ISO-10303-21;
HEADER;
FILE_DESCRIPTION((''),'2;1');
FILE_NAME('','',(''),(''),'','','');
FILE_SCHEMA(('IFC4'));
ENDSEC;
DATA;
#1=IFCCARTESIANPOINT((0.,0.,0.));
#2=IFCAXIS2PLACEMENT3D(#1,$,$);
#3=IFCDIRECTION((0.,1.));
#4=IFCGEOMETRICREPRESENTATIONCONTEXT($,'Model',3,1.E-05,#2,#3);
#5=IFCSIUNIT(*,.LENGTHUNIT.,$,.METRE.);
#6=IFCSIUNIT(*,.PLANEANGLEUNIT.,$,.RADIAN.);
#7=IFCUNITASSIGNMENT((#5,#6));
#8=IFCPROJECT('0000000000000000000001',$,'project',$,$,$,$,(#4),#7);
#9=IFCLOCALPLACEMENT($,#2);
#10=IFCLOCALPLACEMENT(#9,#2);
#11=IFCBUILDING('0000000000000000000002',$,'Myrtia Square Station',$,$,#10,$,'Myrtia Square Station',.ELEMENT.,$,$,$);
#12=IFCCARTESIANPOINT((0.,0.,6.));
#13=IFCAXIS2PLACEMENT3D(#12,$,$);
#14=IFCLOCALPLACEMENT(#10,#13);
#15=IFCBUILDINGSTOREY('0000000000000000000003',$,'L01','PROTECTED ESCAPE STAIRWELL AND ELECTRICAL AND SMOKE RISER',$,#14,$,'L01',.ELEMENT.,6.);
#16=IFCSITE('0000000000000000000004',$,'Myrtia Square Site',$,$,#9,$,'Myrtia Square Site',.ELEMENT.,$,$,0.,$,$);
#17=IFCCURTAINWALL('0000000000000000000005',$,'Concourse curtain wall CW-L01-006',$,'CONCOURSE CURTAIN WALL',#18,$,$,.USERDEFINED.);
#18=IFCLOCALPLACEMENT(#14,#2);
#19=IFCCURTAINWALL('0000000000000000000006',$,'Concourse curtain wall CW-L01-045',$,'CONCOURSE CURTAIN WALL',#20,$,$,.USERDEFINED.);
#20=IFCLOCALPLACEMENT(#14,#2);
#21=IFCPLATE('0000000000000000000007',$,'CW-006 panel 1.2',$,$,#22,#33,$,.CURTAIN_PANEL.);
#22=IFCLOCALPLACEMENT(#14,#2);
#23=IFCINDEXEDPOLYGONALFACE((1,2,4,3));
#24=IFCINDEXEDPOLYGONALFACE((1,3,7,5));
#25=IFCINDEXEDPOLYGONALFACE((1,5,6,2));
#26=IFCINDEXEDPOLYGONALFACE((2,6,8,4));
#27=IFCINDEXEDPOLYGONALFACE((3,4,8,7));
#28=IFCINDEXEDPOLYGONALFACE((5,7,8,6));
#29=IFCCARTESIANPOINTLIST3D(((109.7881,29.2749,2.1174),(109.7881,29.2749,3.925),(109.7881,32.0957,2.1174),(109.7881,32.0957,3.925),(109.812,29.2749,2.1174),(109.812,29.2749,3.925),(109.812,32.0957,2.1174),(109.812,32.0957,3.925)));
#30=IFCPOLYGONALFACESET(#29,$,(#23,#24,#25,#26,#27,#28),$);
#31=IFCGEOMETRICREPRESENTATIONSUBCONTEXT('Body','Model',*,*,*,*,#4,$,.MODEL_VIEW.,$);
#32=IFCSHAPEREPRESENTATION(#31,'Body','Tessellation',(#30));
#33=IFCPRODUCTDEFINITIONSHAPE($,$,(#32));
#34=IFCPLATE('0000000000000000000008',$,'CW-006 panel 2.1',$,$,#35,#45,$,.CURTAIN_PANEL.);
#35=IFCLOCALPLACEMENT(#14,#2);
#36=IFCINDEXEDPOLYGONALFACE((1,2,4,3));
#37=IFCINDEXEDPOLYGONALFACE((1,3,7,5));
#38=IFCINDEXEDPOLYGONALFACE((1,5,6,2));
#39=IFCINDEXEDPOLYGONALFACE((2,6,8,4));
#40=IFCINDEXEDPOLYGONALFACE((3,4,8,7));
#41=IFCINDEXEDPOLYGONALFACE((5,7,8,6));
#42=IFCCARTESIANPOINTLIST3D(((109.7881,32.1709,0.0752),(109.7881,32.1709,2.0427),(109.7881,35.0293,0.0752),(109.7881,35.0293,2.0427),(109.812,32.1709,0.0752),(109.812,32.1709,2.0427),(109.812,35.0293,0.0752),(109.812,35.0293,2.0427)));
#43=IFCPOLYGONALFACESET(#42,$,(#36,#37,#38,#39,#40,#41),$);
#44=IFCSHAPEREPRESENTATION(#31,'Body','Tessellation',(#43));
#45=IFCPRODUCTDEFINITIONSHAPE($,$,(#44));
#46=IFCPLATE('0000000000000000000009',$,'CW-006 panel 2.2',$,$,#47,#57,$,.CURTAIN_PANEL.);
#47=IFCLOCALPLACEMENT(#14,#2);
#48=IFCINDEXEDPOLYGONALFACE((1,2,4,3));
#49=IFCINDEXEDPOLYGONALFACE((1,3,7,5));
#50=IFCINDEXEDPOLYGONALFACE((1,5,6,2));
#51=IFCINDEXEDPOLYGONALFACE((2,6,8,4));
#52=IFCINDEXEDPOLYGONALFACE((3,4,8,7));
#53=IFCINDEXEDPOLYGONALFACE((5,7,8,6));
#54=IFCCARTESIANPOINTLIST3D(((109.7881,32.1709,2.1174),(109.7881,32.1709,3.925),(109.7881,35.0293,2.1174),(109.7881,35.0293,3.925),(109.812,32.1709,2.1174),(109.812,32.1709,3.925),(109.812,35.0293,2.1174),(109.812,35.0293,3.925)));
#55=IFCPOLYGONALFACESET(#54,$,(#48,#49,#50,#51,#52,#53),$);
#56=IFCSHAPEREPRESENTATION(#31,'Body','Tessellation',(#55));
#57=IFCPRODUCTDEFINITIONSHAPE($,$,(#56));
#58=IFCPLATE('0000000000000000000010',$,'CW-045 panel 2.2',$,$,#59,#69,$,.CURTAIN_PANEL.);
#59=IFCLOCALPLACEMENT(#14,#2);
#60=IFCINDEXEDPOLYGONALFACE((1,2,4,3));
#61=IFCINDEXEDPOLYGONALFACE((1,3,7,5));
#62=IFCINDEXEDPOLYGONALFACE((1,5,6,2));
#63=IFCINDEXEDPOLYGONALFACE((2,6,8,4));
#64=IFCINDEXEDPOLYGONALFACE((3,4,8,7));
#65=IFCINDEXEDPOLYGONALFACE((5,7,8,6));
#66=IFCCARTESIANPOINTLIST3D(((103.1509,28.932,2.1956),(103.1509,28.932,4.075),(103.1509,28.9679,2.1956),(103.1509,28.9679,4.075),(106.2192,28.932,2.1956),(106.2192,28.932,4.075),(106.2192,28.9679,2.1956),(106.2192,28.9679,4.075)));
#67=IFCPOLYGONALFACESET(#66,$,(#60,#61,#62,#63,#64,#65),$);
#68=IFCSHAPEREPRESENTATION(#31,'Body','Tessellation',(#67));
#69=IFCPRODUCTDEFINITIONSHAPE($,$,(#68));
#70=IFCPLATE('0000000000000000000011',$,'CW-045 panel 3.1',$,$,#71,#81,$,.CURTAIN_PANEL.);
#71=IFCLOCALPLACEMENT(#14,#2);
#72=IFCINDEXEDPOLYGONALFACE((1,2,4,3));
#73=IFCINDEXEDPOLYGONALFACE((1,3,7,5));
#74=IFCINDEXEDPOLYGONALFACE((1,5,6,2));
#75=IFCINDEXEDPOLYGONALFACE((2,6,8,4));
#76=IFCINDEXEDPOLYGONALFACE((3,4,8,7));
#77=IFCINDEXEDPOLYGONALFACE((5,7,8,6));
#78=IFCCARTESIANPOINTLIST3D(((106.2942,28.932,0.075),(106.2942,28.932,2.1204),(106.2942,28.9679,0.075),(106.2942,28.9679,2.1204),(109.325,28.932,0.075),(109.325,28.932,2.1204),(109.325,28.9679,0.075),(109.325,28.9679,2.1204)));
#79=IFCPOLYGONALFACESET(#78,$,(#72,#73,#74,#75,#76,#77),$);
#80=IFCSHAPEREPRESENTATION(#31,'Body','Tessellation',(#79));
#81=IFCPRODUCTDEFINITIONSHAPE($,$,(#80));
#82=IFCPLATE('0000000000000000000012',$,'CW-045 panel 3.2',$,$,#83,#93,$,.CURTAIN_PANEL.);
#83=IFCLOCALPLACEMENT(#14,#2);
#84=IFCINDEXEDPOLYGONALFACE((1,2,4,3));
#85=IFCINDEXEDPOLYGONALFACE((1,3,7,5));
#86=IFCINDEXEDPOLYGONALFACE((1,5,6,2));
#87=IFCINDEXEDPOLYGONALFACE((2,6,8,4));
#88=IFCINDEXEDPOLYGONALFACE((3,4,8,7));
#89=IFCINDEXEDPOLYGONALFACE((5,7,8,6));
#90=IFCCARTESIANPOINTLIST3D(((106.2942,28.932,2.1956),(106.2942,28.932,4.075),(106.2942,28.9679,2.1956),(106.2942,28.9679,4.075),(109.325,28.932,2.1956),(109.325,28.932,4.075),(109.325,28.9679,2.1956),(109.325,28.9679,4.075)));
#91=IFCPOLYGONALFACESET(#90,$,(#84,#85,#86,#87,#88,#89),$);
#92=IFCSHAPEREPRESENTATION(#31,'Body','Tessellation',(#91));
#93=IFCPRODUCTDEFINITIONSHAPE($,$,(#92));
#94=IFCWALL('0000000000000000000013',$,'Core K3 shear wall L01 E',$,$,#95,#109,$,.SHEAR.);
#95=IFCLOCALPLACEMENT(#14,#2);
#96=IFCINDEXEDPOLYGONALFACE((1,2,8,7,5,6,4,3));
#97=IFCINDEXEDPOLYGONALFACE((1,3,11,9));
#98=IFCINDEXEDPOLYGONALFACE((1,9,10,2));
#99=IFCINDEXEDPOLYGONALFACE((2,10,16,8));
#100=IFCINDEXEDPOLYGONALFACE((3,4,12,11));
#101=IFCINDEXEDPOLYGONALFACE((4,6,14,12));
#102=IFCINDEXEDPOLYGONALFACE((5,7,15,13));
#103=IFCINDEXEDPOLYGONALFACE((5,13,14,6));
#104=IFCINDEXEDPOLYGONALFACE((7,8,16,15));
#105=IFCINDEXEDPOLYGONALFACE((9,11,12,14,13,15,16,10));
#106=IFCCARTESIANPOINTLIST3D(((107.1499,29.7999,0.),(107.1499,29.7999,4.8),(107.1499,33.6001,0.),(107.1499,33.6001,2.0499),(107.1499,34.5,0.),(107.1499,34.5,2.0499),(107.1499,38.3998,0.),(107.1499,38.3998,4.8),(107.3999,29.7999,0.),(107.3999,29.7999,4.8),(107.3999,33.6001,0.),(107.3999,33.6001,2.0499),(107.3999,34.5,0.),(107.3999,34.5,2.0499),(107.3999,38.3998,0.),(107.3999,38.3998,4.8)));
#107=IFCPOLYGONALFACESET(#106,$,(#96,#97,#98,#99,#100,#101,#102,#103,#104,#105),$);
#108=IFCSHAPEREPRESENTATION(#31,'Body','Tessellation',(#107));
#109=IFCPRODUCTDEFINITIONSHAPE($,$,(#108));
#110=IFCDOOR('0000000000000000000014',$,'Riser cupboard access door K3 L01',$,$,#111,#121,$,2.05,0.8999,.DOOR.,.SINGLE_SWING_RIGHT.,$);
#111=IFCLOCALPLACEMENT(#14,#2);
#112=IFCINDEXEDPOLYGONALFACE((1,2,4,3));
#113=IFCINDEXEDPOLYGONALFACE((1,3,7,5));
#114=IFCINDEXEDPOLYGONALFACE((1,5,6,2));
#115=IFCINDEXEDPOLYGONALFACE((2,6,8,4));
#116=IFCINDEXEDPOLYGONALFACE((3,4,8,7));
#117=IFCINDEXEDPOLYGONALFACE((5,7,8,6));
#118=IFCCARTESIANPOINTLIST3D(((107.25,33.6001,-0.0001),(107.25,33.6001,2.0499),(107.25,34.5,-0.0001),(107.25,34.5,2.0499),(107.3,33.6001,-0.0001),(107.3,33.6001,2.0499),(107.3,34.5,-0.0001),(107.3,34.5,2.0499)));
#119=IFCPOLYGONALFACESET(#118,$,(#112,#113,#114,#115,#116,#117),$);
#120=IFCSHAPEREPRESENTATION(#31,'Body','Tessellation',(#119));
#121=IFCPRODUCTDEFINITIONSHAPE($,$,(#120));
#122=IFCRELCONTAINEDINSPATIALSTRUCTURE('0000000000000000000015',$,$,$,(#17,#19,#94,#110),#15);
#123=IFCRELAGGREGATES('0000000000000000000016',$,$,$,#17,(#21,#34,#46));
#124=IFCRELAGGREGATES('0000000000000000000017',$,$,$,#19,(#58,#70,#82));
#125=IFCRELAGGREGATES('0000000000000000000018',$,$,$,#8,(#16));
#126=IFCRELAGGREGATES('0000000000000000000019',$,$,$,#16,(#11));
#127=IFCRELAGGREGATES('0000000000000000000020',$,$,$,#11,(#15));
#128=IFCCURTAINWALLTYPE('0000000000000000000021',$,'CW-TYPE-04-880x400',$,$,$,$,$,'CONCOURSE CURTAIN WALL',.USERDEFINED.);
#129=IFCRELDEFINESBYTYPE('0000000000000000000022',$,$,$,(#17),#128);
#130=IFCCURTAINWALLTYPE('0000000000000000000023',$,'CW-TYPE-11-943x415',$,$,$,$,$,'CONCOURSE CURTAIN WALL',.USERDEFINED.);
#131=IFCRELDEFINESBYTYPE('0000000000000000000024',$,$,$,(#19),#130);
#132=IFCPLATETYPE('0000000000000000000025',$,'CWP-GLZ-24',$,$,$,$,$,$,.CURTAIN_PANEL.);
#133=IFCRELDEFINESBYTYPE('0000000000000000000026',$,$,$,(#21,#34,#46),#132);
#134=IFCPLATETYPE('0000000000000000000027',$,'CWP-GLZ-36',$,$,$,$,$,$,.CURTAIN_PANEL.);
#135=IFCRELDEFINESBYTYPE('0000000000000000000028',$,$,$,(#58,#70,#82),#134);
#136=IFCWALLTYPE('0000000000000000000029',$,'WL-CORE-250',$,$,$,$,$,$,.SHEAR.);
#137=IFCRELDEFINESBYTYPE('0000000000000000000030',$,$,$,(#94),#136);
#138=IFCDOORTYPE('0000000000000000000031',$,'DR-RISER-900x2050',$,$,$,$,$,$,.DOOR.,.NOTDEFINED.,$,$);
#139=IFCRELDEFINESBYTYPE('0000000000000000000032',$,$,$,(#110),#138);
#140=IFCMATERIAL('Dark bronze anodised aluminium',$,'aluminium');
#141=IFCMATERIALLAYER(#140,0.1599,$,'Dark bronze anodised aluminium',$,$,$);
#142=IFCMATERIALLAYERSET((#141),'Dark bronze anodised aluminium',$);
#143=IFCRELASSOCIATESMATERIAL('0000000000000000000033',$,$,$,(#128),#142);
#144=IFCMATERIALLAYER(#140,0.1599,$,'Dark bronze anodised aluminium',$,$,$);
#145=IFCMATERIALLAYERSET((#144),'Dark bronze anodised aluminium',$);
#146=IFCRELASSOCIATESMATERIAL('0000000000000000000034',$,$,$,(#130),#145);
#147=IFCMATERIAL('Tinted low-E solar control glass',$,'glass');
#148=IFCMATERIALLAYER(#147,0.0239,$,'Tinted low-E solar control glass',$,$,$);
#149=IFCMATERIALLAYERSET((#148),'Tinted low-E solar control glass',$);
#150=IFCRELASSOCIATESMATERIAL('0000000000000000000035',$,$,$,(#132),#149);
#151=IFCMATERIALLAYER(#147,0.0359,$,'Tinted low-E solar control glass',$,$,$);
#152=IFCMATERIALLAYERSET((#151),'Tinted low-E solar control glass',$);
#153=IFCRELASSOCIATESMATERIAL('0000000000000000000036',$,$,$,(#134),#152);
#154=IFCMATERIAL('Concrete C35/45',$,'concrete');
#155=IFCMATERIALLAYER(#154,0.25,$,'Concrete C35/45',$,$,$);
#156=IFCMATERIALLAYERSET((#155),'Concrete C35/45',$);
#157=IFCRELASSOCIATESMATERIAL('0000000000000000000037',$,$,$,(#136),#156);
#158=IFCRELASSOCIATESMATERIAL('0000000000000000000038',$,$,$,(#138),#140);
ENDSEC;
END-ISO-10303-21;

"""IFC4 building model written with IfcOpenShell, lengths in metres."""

from ifc_helpers import new_model, si_unit, direction, frame, frame_2d, origin, origin_2d, place, context, subcontext, project, spatial, rectangle, extrude, material, layer, layer_set, type_object, element, fill, aggregate, save


model = new_model("IFC4")

# Units and contexts
model_context = context("Model", 3, precision=1e-05, world=origin(), true_north=direction((0.0, 1.0)))
body_context = subcontext(model_context, "Body", "Model", "MODEL_VIEW")
ifc_project = project(units=[si_unit("LENGTHUNIT", "METRE"), si_unit("PLANEANGLEUNIT", "RADIAN")], contexts=[model_context])

# Site, building, storey
site_placement = place(None, origin())
site = spatial("IfcSite", under=ifc_project, at=site_placement, Name="Myrtia Square Site", LongName="Myrtia Square Site", CompositionType="ELEMENT", RefElevation=0.0)
building_placement = place(site_placement, origin())
building = spatial("IfcBuilding", under=site, at=building_placement, Name="Myrtia Square Station", LongName="Myrtia Square Station", CompositionType="ELEMENT")
storey_placement = place(building_placement, frame((0.0, 0.0, 6.0)))
storey = spatial("IfcBuildingStorey", under=building, at=storey_placement, Name="L01", Description="PROTECTED ESCAPE STAIRWELL AND ELECTRICAL AND SMOKE RISER", LongName="L01", CompositionType="ELEMENT", Elevation=6.0)

# Curtain walls
ifc_material_1 = material(Name="Dark bronze anodised aluminium", Category="aluminium")
ifc_layer_1 = layer(ifc_material_1, 0.1599, Name="Dark bronze anodised aluminium")
ifc_layer_set_1 = layer_set([ifc_layer_1], Name="Dark bronze anodised aluminium")
curtain_wall_type_1 = type_object("IfcCurtainWallType", Name="CW-TYPE-04-880x400", ElementType="CONCOURSE CURTAIN WALL", PredefinedType="USERDEFINED", material=ifc_layer_set_1)
curtain_wall_1_placement = place(storey_placement, origin())
curtain_wall_1 = element("IfcCurtainWall", 1, at=curtain_wall_1_placement, inside=storey, type_object=curtain_wall_type_1, Name="Concourse curtain wall CW-L01-006", ObjectType="CONCOURSE CURTAIN WALL", PredefinedType="USERDEFINED")
ifc_layer_2 = layer(ifc_material_1, 0.1599, Name="Dark bronze anodised aluminium")
ifc_layer_set_2 = layer_set([ifc_layer_2], Name="Dark bronze anodised aluminium")
curtain_wall_type_2 = type_object("IfcCurtainWallType", Name="CW-TYPE-11-943x415", ElementType="CONCOURSE CURTAIN WALL", PredefinedType="USERDEFINED", material=ifc_layer_set_2)
curtain_wall_2_placement = place(storey_placement, origin())
curtain_wall_2 = element("IfcCurtainWall", 2, at=curtain_wall_2_placement, inside=storey, type_object=curtain_wall_type_2, Name="Concourse curtain wall CW-L01-045", ObjectType="CONCOURSE CURTAIN WALL", PredefinedType="USERDEFINED")

# Plates
ifc_material_2 = material(Name="Tinted low-E solar control glass", Category="glass")
ifc_layer_3 = layer(ifc_material_2, 0.0239, Name="Tinted low-E solar control glass")
ifc_layer_set_3 = layer_set([ifc_layer_3], Name="Tinted low-E solar control glass")
plate_type_1 = type_object("IfcPlateType", Name="CWP-GLZ-24", PredefinedType="CURTAIN_PANEL", material=ifc_layer_set_3)
plate_1_placement = place(storey_placement, frame((109.8, 30.6853, 2.1174), z_axis=(0.0, 0.0, 1.0), x_axis=(0.0, 1.0, 0.0)))
plate_1 = element("IfcPlate", 3, at=plate_1_placement, type_object=plate_type_1, Name="CW-006 panel 1.2", PredefinedType="CURTAIN_PANEL", context=body_context, shape_type="SweptSolid", body=[
    extrude(rectangle(XDim=2.8208, YDim=0.0239, at=origin_2d()), origin(), (0.0, 0.0, 1.0), 1.8076),
])
plate_2_placement = place(storey_placement, frame((109.8, 33.6001, 0.0752), z_axis=(0.0, 0.0, 1.0), x_axis=(0.0, 1.0, 0.0)))
plate_2 = element("IfcPlate", 4, at=plate_2_placement, type_object=plate_type_1, Name="CW-006 panel 2.1", PredefinedType="CURTAIN_PANEL", context=body_context, shape_type="SweptSolid", body=[
    extrude(rectangle(XDim=2.8584, YDim=0.0239, at=origin_2d()), origin(), (0.0, 0.0, 1.0), 1.9675),
])
plate_3_placement = place(storey_placement, frame((109.8, 33.6001, 2.1174), z_axis=(0.0, 0.0, 1.0), x_axis=(0.0, 1.0, 0.0)))
plate_3 = element("IfcPlate", 5, at=plate_3_placement, type_object=plate_type_1, Name="CW-006 panel 2.2", PredefinedType="CURTAIN_PANEL", context=body_context, shape_type="SweptSolid", body=[
    extrude(rectangle(XDim=2.8584, YDim=0.0239, at=origin_2d()), origin(), (0.0, 0.0, 1.0), 1.8076),
])
aggregate(curtain_wall_1, [plate_1, plate_2, plate_3])
ifc_layer_4 = layer(ifc_material_2, 0.0359, Name="Tinted low-E solar control glass")
ifc_layer_set_4 = layer_set([ifc_layer_4], Name="Tinted low-E solar control glass")
plate_type_2 = type_object("IfcPlateType", Name="CWP-GLZ-36", PredefinedType="CURTAIN_PANEL", material=ifc_layer_set_4)
plate_4_placement = place(storey_placement, frame((104.6851, 28.95, 2.1956), z_axis=(0.0, 0.0, 1.0), x_axis=(1.0, 0.0, 0.0)))
plate_4 = element("IfcPlate", 6, at=plate_4_placement, type_object=plate_type_2, Name="CW-045 panel 2.2", PredefinedType="CURTAIN_PANEL", context=body_context, shape_type="SweptSolid", body=[
    extrude(rectangle(XDim=3.0684, YDim=0.0359, at=origin_2d()), origin(), (0.0, 0.0, 1.0), 1.8794),
])
plate_5_placement = place(storey_placement, frame((107.8096, 28.95, 0.075), z_axis=(0.0, 0.0, 1.0), x_axis=(1.0, 0.0, 0.0)))
plate_5 = element("IfcPlate", 7, at=plate_5_placement, type_object=plate_type_2, Name="CW-045 panel 3.1", PredefinedType="CURTAIN_PANEL", context=body_context, shape_type="SweptSolid", body=[
    extrude(rectangle(XDim=3.0308, YDim=0.0359, at=origin_2d()), origin(), (0.0, 0.0, 1.0), 2.0454),
])
plate_6_placement = place(storey_placement, frame((107.8096, 28.95, 2.1956), z_axis=(0.0, 0.0, 1.0), x_axis=(1.0, 0.0, 0.0)))
plate_6 = element("IfcPlate", 8, at=plate_6_placement, type_object=plate_type_2, Name="CW-045 panel 3.2", PredefinedType="CURTAIN_PANEL", context=body_context, shape_type="SweptSolid", body=[
    extrude(rectangle(XDim=3.0308, YDim=0.0359, at=origin_2d()), origin(), (0.0, 0.0, 1.0), 1.8794),
])
aggregate(curtain_wall_2, [plate_4, plate_5, plate_6])

# Wall, opening, door
ifc_material_3 = material(Name="Concrete C35/45", Category="concrete")
ifc_layer_5 = layer(ifc_material_3, 0.25, Name="Concrete C35/45")
ifc_layer_set_5 = layer_set([ifc_layer_5], Name="Concrete C35/45")
wall_type = type_object("IfcWallType", Name="WL-CORE-250", PredefinedType="SHEAR", material=ifc_layer_set_5)
wall_placement = place(storey_placement, frame((107.2749, 29.8, 0.0), z_axis=(0.0, 0.0, 1.0), x_axis=(0.0, 1.0, 0.0)))
wall = element("IfcWall", 9, at=wall_placement, inside=storey, type_object=wall_type, Name="Core K3 shear wall L01 E", PredefinedType="SHEAR", context=body_context, shape_type="SweptSolid", body=[
    extrude(rectangle(XDim=8.5999, YDim=0.25, at=frame_2d((4.2998, 0.0))), origin(), (0.0, 0.0, 1.0), 4.8),
])
opening_placement = place(wall_placement, frame((3.8, 0.0, 0.0)))
opening = element("IfcOpeningElement", 10, at=opening_placement, cuts=wall, PredefinedType="OPENING", context=body_context, shape_type="SweptSolid", body=[
    extrude(rectangle(XDim=0.8999, YDim=2.05, at=frame_2d((0.45, 1.0249))), frame((0.0, 0.1399, 0.0), z_axis=(0.0, -1.0, 0.0), x_axis=(1.0, 0.0, 0.0)), (0.0, 0.0, 1.0), 0.28),
])
door_type = type_object("IfcDoorType", Name="DR-RISER-900x2050", OperationType="NOTDEFINED", PredefinedType="DOOR", material=ifc_material_1)
door_placement = place(opening_placement, origin())
door = element("IfcDoor", 11, at=door_placement, inside=storey, type_object=door_type, Name="Riser cupboard access door K3 L01", OperationType="SINGLE_SWING_RIGHT", OverallHeight=2.05, OverallWidth=0.8999, PredefinedType="DOOR", context=body_context, shape_type="SweptSolid", body=[
    extrude(rectangle(XDim=0.8999, YDim=2.05, at=frame_2d((0.45, 1.0249))), frame((0.0, 0.0249, 0.0), z_axis=(0.0, -1.0, 0.0), x_axis=(1.0, 0.0, 0.0)), (0.0, 0.0, 1.0), 0.05),
])
fill(opening, door)

save(model, "model.ifc")
